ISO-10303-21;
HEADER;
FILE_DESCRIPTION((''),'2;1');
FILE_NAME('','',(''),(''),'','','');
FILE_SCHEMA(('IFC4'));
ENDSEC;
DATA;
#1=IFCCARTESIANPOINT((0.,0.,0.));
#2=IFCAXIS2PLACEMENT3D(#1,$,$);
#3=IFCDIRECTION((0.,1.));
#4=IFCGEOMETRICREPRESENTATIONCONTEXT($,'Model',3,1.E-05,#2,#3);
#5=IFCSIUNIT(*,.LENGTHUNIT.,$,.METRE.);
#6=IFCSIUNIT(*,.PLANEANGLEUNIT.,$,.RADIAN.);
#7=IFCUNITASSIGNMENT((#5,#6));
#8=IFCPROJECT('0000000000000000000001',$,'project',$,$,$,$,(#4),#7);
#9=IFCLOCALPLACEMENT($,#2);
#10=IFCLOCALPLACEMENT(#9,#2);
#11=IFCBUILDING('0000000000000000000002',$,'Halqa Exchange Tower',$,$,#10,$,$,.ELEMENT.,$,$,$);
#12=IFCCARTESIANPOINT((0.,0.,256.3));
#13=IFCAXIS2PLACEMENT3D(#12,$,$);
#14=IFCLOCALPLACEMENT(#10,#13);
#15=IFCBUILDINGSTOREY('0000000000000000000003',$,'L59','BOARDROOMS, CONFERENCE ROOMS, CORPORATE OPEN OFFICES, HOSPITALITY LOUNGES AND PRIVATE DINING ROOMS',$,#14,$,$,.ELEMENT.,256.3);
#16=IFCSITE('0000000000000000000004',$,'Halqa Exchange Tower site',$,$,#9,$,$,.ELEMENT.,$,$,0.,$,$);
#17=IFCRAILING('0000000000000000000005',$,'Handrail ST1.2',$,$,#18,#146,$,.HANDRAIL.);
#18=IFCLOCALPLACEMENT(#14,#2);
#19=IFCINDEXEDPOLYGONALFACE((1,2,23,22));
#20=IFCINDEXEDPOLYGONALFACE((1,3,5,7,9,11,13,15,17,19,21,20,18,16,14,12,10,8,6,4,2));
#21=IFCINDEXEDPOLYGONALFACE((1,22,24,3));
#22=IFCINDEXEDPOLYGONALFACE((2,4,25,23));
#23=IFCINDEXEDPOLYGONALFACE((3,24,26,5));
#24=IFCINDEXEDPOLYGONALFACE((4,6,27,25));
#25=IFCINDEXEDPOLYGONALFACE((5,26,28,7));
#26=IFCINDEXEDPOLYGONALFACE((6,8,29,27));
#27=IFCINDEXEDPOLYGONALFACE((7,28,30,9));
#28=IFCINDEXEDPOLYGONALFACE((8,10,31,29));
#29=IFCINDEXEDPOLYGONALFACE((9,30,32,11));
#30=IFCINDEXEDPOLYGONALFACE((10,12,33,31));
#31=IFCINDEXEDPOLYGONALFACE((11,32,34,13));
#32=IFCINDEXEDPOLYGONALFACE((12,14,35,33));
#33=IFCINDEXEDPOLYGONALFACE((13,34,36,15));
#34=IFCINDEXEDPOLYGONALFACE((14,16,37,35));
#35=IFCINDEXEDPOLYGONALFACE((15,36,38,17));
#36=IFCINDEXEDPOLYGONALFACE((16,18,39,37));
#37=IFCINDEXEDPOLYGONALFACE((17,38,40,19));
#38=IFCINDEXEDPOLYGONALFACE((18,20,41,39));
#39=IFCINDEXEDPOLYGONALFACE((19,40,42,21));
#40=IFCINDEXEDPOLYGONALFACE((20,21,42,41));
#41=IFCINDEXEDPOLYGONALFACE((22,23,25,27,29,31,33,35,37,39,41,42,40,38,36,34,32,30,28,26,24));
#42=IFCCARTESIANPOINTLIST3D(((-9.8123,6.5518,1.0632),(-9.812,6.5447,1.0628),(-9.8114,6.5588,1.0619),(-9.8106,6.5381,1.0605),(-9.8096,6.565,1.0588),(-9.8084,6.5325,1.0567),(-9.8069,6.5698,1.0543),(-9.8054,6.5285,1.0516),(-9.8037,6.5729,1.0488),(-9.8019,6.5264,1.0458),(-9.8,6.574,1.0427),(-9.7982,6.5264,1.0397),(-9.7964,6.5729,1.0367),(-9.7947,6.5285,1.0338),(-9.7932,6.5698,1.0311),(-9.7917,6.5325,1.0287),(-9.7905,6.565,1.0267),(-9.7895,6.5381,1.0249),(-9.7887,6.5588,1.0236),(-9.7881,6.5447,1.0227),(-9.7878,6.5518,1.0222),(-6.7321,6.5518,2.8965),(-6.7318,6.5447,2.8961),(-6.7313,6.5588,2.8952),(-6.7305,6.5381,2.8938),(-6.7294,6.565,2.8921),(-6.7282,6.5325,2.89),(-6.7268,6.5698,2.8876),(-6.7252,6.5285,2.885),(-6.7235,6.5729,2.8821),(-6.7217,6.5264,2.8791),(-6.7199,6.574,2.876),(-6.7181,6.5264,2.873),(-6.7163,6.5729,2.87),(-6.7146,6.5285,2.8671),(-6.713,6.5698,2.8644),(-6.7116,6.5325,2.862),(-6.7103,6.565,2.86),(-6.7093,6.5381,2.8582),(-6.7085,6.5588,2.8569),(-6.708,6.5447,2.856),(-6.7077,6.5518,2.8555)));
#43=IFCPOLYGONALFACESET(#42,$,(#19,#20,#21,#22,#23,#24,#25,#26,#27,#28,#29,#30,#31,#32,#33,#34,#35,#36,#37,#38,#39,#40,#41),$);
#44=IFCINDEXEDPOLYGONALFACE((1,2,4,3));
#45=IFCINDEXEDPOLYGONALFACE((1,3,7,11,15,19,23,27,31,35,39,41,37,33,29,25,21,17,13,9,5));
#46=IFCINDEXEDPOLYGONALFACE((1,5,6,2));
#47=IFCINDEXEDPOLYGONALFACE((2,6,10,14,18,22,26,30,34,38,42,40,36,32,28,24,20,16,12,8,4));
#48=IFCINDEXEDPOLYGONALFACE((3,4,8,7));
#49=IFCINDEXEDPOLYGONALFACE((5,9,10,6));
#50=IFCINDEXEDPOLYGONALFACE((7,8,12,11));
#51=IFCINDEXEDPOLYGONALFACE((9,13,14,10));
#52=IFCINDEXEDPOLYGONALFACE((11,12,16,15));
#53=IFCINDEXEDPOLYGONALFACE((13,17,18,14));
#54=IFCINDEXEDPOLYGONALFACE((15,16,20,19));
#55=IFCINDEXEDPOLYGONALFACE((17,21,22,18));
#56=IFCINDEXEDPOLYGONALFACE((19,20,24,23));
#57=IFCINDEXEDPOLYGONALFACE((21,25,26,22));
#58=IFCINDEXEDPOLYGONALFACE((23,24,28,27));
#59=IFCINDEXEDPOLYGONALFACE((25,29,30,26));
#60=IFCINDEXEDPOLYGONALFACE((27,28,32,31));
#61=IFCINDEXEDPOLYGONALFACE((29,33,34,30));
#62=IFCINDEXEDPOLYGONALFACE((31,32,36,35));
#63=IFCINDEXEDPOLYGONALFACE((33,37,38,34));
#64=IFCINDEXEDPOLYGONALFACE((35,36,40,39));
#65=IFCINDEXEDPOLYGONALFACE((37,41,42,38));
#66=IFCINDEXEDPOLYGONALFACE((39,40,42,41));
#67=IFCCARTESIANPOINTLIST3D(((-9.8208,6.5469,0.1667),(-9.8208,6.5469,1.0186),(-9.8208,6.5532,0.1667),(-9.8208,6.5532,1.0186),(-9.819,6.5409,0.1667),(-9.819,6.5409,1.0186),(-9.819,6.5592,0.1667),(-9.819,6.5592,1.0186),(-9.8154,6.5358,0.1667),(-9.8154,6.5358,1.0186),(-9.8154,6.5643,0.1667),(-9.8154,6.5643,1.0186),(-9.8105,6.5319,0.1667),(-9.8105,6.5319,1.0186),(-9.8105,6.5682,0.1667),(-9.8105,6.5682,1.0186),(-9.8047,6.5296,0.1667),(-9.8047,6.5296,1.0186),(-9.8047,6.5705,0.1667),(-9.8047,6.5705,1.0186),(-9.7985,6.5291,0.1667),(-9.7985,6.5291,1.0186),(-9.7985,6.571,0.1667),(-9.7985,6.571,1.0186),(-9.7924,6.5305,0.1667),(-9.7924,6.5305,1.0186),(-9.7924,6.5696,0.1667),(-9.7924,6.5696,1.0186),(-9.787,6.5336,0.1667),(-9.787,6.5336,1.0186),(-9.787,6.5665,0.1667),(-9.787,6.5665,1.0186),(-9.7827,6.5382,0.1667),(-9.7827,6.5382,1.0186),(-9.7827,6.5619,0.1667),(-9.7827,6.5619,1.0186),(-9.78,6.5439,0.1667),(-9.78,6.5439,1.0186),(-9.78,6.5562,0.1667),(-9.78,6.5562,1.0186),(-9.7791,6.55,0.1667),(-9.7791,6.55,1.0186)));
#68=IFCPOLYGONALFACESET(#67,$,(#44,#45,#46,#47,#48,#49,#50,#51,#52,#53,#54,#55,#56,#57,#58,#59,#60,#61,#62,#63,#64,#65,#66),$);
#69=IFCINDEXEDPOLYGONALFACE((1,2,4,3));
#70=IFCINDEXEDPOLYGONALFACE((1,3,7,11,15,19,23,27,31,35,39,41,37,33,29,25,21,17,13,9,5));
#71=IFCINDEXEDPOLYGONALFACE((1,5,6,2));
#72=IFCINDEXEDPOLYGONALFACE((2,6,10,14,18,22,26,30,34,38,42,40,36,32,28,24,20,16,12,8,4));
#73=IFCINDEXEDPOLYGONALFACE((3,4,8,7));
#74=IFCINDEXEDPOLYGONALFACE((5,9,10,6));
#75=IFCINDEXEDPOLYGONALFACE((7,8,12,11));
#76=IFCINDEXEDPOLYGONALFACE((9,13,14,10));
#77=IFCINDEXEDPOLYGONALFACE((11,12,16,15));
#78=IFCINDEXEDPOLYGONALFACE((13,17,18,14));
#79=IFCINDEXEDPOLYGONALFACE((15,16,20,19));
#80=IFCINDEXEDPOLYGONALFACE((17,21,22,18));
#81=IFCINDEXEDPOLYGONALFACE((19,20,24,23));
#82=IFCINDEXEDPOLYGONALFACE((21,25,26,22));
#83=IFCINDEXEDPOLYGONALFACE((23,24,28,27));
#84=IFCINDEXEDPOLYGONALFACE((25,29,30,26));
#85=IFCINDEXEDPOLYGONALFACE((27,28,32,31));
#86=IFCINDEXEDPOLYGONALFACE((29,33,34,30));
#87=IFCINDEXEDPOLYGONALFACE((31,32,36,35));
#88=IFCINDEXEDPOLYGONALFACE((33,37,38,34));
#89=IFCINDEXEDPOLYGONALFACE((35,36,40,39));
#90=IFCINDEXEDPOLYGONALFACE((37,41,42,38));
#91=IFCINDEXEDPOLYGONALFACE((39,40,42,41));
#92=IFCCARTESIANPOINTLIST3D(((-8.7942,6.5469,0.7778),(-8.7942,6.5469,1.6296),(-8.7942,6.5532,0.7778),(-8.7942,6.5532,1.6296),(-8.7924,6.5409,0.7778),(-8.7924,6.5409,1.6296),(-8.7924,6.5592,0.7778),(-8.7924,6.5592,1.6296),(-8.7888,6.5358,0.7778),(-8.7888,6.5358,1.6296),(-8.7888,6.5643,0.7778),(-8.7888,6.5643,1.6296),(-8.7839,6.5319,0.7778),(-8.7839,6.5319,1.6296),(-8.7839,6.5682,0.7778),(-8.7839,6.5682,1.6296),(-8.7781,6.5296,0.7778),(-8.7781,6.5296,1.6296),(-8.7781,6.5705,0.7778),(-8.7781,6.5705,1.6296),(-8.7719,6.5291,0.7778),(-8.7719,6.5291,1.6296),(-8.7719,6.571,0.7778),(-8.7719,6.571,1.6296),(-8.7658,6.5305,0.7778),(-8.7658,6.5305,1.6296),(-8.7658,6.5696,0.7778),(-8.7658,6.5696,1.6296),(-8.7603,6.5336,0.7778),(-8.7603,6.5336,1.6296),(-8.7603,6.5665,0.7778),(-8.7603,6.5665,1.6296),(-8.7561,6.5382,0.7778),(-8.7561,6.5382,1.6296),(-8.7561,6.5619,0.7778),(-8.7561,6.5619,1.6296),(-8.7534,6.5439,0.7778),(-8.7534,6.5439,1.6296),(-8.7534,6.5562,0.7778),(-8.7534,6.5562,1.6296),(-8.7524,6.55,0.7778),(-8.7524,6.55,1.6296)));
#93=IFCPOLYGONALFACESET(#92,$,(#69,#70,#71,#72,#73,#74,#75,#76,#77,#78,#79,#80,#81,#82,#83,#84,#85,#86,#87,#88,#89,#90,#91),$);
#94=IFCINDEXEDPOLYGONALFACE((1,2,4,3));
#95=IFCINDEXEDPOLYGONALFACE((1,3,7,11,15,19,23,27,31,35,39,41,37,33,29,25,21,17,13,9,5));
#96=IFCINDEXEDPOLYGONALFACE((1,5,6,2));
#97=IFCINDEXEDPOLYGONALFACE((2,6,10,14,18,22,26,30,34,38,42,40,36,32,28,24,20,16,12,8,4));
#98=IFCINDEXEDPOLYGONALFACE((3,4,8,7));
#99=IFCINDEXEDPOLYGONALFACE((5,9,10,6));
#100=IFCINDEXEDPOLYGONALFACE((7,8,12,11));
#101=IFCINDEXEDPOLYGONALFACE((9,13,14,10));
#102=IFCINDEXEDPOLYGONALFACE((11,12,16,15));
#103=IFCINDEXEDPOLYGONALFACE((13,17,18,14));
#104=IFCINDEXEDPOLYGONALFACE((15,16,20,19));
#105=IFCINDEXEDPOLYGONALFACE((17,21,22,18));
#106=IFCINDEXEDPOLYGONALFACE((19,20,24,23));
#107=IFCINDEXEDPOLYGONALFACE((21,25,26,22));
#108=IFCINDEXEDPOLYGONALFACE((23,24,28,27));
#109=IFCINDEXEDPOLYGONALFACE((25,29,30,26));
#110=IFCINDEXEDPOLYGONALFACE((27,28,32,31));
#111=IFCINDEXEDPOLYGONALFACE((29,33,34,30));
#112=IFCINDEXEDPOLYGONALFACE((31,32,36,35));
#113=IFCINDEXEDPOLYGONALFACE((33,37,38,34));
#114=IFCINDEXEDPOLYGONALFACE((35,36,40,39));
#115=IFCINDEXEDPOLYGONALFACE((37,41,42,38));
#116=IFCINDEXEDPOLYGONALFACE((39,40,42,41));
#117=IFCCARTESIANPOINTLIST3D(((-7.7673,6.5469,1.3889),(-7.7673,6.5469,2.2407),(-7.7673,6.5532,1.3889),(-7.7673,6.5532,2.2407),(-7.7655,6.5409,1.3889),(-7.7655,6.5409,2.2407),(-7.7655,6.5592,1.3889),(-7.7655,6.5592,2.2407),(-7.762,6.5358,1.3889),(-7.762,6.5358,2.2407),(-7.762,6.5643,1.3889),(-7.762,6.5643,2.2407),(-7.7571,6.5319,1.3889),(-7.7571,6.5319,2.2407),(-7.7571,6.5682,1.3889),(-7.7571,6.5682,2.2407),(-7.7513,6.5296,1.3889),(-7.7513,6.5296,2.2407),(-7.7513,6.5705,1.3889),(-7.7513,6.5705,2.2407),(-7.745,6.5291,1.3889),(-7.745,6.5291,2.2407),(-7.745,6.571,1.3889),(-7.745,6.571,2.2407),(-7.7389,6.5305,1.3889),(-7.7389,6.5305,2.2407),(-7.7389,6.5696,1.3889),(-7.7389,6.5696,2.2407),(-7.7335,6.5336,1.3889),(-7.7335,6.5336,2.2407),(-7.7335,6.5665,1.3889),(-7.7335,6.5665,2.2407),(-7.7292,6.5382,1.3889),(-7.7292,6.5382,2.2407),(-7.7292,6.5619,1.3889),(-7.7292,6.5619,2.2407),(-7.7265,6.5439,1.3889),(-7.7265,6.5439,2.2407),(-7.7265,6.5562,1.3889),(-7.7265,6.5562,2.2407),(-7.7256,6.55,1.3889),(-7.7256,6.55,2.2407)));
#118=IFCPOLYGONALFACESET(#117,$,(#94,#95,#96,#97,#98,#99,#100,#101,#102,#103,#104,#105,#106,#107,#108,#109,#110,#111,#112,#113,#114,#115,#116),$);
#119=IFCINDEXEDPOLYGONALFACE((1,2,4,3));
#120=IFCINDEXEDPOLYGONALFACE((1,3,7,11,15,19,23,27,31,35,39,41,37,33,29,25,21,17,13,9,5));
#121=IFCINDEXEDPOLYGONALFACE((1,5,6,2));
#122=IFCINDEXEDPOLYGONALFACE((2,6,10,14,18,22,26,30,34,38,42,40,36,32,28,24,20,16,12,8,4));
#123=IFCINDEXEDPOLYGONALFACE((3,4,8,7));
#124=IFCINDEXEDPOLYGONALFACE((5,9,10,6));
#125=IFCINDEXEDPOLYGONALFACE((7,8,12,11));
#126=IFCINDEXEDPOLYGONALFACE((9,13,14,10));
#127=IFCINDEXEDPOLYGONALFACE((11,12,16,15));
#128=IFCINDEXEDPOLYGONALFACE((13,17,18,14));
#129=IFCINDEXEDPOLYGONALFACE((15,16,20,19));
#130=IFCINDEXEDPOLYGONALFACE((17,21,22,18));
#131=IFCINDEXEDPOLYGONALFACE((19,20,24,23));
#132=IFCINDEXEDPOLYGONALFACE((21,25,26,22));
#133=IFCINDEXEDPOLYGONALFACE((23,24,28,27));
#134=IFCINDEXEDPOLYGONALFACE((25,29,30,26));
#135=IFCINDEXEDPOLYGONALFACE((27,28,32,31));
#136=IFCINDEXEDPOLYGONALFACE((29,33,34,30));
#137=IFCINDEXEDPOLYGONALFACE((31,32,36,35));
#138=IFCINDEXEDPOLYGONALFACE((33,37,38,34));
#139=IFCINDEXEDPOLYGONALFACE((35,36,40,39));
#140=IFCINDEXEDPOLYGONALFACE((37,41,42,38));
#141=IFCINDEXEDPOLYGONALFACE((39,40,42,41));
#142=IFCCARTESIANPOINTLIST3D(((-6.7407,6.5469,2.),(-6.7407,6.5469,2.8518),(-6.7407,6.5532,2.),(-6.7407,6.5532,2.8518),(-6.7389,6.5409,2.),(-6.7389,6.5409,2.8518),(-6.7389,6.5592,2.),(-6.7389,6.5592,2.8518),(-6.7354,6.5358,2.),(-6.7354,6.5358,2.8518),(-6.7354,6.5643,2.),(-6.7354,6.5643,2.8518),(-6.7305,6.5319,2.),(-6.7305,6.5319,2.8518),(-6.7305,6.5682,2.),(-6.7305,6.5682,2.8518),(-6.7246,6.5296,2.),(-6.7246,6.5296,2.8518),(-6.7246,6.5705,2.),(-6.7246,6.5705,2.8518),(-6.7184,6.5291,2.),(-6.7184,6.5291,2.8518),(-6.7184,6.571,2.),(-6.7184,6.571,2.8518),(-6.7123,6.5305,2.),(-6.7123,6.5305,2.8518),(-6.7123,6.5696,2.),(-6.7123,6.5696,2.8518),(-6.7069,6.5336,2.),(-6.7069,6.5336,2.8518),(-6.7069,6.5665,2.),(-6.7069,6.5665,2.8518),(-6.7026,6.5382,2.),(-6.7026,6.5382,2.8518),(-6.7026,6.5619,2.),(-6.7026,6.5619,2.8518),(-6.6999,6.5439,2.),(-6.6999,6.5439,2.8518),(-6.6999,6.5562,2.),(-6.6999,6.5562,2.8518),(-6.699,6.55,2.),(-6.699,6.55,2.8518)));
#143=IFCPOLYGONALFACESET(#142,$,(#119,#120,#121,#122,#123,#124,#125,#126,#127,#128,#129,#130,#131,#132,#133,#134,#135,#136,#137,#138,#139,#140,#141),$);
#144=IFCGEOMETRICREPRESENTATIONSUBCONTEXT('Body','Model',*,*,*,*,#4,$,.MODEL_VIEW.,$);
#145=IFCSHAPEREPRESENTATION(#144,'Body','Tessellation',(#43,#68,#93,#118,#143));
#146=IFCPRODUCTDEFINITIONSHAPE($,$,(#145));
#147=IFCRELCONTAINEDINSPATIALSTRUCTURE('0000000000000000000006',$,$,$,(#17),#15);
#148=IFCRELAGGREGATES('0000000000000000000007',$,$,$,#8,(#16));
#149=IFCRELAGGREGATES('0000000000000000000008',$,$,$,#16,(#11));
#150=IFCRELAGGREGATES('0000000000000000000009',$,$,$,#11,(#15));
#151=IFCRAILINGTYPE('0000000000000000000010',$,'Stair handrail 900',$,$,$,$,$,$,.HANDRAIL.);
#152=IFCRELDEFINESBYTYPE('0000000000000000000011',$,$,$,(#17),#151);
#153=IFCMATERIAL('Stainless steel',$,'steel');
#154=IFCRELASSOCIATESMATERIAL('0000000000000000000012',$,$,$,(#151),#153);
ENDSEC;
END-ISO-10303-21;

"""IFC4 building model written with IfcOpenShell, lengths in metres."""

from ifc_helpers import new_model, si_unit, direction, frame, origin, origin_2d, place, context, subcontext, project, spatial, circle, extrude, material, type_object, element, save


model = new_model("IFC4")

# Units and contexts
model_context = context("Model", 3, precision=1e-05, world=origin(), true_north=direction((0.0, 1.0)))
body_context = subcontext(model_context, "Body", "Model", "MODEL_VIEW")
ifc_project = project(units=[si_unit("LENGTHUNIT", "METRE"), si_unit("PLANEANGLEUNIT", "RADIAN")], contexts=[model_context])

# Site, building, storey
site_placement = place(None, origin())
site = spatial("IfcSite", under=ifc_project, at=site_placement, Name="Halqa Exchange Tower site", CompositionType="ELEMENT", RefElevation=0.0)
building_placement = place(site_placement, origin())
building = spatial("IfcBuilding", under=site, at=building_placement, Name="Halqa Exchange Tower", CompositionType="ELEMENT")
storey_placement = place(building_placement, frame((0.0, 0.0, 256.3)))
storey = spatial("IfcBuildingStorey", under=building, at=storey_placement, Name="L59", Description="BOARDROOMS, CONFERENCE ROOMS, CORPORATE OPEN OFFICES, HOSPITALITY LOUNGES AND PRIVATE DINING ROOMS", CompositionType="ELEMENT", Elevation=256.3)

# Shared definitions
ifc_material_1 = material(Name="Stainless steel", Category="steel")

# Railing
railing_type_1 = type_object("IfcRailingType", Name="Stair handrail 900", PredefinedType="HANDRAIL", material=ifc_material_1)
railing_1_placement = place(storey_placement, frame((-9.8, 6.55, 0.1667)))
element("IfcRailing", 1, at=railing_1_placement, inside=storey, type_object=railing_type_1, Name="Handrail ST1.2", PredefinedType="HANDRAIL", context=body_context, shape_type="SweptSolid", body=[
    extrude(circle(Radius=0.0239, at=origin_2d()), frame((0.0, 0.0, 0.876), z_axis=(0.859309, 0.0, 0.511458), x_axis=(0.0, 1.0, 0.0)), (0.0, 0.0, 1.0), 3.5845),
    extrude(circle(Radius=0.021, at=origin_2d()), origin(), (0.0, 0.0, 1.0), 0.8518),
    extrude(circle(Radius=0.021, at=origin_2d()), frame((1.0266, 0.0, 0.6111)), (0.0, 0.0, 1.0), 0.8518),
    extrude(circle(Radius=0.021, at=origin_2d()), frame((2.0535, 0.0, 1.2222)), (0.0, 0.0, 1.0), 0.8518),
    extrude(circle(Radius=0.021, at=origin_2d()), frame((3.0801, 0.0, 1.8333)), (0.0, 0.0, 1.0), 0.8518),
])

save(model, "model.ifc")
